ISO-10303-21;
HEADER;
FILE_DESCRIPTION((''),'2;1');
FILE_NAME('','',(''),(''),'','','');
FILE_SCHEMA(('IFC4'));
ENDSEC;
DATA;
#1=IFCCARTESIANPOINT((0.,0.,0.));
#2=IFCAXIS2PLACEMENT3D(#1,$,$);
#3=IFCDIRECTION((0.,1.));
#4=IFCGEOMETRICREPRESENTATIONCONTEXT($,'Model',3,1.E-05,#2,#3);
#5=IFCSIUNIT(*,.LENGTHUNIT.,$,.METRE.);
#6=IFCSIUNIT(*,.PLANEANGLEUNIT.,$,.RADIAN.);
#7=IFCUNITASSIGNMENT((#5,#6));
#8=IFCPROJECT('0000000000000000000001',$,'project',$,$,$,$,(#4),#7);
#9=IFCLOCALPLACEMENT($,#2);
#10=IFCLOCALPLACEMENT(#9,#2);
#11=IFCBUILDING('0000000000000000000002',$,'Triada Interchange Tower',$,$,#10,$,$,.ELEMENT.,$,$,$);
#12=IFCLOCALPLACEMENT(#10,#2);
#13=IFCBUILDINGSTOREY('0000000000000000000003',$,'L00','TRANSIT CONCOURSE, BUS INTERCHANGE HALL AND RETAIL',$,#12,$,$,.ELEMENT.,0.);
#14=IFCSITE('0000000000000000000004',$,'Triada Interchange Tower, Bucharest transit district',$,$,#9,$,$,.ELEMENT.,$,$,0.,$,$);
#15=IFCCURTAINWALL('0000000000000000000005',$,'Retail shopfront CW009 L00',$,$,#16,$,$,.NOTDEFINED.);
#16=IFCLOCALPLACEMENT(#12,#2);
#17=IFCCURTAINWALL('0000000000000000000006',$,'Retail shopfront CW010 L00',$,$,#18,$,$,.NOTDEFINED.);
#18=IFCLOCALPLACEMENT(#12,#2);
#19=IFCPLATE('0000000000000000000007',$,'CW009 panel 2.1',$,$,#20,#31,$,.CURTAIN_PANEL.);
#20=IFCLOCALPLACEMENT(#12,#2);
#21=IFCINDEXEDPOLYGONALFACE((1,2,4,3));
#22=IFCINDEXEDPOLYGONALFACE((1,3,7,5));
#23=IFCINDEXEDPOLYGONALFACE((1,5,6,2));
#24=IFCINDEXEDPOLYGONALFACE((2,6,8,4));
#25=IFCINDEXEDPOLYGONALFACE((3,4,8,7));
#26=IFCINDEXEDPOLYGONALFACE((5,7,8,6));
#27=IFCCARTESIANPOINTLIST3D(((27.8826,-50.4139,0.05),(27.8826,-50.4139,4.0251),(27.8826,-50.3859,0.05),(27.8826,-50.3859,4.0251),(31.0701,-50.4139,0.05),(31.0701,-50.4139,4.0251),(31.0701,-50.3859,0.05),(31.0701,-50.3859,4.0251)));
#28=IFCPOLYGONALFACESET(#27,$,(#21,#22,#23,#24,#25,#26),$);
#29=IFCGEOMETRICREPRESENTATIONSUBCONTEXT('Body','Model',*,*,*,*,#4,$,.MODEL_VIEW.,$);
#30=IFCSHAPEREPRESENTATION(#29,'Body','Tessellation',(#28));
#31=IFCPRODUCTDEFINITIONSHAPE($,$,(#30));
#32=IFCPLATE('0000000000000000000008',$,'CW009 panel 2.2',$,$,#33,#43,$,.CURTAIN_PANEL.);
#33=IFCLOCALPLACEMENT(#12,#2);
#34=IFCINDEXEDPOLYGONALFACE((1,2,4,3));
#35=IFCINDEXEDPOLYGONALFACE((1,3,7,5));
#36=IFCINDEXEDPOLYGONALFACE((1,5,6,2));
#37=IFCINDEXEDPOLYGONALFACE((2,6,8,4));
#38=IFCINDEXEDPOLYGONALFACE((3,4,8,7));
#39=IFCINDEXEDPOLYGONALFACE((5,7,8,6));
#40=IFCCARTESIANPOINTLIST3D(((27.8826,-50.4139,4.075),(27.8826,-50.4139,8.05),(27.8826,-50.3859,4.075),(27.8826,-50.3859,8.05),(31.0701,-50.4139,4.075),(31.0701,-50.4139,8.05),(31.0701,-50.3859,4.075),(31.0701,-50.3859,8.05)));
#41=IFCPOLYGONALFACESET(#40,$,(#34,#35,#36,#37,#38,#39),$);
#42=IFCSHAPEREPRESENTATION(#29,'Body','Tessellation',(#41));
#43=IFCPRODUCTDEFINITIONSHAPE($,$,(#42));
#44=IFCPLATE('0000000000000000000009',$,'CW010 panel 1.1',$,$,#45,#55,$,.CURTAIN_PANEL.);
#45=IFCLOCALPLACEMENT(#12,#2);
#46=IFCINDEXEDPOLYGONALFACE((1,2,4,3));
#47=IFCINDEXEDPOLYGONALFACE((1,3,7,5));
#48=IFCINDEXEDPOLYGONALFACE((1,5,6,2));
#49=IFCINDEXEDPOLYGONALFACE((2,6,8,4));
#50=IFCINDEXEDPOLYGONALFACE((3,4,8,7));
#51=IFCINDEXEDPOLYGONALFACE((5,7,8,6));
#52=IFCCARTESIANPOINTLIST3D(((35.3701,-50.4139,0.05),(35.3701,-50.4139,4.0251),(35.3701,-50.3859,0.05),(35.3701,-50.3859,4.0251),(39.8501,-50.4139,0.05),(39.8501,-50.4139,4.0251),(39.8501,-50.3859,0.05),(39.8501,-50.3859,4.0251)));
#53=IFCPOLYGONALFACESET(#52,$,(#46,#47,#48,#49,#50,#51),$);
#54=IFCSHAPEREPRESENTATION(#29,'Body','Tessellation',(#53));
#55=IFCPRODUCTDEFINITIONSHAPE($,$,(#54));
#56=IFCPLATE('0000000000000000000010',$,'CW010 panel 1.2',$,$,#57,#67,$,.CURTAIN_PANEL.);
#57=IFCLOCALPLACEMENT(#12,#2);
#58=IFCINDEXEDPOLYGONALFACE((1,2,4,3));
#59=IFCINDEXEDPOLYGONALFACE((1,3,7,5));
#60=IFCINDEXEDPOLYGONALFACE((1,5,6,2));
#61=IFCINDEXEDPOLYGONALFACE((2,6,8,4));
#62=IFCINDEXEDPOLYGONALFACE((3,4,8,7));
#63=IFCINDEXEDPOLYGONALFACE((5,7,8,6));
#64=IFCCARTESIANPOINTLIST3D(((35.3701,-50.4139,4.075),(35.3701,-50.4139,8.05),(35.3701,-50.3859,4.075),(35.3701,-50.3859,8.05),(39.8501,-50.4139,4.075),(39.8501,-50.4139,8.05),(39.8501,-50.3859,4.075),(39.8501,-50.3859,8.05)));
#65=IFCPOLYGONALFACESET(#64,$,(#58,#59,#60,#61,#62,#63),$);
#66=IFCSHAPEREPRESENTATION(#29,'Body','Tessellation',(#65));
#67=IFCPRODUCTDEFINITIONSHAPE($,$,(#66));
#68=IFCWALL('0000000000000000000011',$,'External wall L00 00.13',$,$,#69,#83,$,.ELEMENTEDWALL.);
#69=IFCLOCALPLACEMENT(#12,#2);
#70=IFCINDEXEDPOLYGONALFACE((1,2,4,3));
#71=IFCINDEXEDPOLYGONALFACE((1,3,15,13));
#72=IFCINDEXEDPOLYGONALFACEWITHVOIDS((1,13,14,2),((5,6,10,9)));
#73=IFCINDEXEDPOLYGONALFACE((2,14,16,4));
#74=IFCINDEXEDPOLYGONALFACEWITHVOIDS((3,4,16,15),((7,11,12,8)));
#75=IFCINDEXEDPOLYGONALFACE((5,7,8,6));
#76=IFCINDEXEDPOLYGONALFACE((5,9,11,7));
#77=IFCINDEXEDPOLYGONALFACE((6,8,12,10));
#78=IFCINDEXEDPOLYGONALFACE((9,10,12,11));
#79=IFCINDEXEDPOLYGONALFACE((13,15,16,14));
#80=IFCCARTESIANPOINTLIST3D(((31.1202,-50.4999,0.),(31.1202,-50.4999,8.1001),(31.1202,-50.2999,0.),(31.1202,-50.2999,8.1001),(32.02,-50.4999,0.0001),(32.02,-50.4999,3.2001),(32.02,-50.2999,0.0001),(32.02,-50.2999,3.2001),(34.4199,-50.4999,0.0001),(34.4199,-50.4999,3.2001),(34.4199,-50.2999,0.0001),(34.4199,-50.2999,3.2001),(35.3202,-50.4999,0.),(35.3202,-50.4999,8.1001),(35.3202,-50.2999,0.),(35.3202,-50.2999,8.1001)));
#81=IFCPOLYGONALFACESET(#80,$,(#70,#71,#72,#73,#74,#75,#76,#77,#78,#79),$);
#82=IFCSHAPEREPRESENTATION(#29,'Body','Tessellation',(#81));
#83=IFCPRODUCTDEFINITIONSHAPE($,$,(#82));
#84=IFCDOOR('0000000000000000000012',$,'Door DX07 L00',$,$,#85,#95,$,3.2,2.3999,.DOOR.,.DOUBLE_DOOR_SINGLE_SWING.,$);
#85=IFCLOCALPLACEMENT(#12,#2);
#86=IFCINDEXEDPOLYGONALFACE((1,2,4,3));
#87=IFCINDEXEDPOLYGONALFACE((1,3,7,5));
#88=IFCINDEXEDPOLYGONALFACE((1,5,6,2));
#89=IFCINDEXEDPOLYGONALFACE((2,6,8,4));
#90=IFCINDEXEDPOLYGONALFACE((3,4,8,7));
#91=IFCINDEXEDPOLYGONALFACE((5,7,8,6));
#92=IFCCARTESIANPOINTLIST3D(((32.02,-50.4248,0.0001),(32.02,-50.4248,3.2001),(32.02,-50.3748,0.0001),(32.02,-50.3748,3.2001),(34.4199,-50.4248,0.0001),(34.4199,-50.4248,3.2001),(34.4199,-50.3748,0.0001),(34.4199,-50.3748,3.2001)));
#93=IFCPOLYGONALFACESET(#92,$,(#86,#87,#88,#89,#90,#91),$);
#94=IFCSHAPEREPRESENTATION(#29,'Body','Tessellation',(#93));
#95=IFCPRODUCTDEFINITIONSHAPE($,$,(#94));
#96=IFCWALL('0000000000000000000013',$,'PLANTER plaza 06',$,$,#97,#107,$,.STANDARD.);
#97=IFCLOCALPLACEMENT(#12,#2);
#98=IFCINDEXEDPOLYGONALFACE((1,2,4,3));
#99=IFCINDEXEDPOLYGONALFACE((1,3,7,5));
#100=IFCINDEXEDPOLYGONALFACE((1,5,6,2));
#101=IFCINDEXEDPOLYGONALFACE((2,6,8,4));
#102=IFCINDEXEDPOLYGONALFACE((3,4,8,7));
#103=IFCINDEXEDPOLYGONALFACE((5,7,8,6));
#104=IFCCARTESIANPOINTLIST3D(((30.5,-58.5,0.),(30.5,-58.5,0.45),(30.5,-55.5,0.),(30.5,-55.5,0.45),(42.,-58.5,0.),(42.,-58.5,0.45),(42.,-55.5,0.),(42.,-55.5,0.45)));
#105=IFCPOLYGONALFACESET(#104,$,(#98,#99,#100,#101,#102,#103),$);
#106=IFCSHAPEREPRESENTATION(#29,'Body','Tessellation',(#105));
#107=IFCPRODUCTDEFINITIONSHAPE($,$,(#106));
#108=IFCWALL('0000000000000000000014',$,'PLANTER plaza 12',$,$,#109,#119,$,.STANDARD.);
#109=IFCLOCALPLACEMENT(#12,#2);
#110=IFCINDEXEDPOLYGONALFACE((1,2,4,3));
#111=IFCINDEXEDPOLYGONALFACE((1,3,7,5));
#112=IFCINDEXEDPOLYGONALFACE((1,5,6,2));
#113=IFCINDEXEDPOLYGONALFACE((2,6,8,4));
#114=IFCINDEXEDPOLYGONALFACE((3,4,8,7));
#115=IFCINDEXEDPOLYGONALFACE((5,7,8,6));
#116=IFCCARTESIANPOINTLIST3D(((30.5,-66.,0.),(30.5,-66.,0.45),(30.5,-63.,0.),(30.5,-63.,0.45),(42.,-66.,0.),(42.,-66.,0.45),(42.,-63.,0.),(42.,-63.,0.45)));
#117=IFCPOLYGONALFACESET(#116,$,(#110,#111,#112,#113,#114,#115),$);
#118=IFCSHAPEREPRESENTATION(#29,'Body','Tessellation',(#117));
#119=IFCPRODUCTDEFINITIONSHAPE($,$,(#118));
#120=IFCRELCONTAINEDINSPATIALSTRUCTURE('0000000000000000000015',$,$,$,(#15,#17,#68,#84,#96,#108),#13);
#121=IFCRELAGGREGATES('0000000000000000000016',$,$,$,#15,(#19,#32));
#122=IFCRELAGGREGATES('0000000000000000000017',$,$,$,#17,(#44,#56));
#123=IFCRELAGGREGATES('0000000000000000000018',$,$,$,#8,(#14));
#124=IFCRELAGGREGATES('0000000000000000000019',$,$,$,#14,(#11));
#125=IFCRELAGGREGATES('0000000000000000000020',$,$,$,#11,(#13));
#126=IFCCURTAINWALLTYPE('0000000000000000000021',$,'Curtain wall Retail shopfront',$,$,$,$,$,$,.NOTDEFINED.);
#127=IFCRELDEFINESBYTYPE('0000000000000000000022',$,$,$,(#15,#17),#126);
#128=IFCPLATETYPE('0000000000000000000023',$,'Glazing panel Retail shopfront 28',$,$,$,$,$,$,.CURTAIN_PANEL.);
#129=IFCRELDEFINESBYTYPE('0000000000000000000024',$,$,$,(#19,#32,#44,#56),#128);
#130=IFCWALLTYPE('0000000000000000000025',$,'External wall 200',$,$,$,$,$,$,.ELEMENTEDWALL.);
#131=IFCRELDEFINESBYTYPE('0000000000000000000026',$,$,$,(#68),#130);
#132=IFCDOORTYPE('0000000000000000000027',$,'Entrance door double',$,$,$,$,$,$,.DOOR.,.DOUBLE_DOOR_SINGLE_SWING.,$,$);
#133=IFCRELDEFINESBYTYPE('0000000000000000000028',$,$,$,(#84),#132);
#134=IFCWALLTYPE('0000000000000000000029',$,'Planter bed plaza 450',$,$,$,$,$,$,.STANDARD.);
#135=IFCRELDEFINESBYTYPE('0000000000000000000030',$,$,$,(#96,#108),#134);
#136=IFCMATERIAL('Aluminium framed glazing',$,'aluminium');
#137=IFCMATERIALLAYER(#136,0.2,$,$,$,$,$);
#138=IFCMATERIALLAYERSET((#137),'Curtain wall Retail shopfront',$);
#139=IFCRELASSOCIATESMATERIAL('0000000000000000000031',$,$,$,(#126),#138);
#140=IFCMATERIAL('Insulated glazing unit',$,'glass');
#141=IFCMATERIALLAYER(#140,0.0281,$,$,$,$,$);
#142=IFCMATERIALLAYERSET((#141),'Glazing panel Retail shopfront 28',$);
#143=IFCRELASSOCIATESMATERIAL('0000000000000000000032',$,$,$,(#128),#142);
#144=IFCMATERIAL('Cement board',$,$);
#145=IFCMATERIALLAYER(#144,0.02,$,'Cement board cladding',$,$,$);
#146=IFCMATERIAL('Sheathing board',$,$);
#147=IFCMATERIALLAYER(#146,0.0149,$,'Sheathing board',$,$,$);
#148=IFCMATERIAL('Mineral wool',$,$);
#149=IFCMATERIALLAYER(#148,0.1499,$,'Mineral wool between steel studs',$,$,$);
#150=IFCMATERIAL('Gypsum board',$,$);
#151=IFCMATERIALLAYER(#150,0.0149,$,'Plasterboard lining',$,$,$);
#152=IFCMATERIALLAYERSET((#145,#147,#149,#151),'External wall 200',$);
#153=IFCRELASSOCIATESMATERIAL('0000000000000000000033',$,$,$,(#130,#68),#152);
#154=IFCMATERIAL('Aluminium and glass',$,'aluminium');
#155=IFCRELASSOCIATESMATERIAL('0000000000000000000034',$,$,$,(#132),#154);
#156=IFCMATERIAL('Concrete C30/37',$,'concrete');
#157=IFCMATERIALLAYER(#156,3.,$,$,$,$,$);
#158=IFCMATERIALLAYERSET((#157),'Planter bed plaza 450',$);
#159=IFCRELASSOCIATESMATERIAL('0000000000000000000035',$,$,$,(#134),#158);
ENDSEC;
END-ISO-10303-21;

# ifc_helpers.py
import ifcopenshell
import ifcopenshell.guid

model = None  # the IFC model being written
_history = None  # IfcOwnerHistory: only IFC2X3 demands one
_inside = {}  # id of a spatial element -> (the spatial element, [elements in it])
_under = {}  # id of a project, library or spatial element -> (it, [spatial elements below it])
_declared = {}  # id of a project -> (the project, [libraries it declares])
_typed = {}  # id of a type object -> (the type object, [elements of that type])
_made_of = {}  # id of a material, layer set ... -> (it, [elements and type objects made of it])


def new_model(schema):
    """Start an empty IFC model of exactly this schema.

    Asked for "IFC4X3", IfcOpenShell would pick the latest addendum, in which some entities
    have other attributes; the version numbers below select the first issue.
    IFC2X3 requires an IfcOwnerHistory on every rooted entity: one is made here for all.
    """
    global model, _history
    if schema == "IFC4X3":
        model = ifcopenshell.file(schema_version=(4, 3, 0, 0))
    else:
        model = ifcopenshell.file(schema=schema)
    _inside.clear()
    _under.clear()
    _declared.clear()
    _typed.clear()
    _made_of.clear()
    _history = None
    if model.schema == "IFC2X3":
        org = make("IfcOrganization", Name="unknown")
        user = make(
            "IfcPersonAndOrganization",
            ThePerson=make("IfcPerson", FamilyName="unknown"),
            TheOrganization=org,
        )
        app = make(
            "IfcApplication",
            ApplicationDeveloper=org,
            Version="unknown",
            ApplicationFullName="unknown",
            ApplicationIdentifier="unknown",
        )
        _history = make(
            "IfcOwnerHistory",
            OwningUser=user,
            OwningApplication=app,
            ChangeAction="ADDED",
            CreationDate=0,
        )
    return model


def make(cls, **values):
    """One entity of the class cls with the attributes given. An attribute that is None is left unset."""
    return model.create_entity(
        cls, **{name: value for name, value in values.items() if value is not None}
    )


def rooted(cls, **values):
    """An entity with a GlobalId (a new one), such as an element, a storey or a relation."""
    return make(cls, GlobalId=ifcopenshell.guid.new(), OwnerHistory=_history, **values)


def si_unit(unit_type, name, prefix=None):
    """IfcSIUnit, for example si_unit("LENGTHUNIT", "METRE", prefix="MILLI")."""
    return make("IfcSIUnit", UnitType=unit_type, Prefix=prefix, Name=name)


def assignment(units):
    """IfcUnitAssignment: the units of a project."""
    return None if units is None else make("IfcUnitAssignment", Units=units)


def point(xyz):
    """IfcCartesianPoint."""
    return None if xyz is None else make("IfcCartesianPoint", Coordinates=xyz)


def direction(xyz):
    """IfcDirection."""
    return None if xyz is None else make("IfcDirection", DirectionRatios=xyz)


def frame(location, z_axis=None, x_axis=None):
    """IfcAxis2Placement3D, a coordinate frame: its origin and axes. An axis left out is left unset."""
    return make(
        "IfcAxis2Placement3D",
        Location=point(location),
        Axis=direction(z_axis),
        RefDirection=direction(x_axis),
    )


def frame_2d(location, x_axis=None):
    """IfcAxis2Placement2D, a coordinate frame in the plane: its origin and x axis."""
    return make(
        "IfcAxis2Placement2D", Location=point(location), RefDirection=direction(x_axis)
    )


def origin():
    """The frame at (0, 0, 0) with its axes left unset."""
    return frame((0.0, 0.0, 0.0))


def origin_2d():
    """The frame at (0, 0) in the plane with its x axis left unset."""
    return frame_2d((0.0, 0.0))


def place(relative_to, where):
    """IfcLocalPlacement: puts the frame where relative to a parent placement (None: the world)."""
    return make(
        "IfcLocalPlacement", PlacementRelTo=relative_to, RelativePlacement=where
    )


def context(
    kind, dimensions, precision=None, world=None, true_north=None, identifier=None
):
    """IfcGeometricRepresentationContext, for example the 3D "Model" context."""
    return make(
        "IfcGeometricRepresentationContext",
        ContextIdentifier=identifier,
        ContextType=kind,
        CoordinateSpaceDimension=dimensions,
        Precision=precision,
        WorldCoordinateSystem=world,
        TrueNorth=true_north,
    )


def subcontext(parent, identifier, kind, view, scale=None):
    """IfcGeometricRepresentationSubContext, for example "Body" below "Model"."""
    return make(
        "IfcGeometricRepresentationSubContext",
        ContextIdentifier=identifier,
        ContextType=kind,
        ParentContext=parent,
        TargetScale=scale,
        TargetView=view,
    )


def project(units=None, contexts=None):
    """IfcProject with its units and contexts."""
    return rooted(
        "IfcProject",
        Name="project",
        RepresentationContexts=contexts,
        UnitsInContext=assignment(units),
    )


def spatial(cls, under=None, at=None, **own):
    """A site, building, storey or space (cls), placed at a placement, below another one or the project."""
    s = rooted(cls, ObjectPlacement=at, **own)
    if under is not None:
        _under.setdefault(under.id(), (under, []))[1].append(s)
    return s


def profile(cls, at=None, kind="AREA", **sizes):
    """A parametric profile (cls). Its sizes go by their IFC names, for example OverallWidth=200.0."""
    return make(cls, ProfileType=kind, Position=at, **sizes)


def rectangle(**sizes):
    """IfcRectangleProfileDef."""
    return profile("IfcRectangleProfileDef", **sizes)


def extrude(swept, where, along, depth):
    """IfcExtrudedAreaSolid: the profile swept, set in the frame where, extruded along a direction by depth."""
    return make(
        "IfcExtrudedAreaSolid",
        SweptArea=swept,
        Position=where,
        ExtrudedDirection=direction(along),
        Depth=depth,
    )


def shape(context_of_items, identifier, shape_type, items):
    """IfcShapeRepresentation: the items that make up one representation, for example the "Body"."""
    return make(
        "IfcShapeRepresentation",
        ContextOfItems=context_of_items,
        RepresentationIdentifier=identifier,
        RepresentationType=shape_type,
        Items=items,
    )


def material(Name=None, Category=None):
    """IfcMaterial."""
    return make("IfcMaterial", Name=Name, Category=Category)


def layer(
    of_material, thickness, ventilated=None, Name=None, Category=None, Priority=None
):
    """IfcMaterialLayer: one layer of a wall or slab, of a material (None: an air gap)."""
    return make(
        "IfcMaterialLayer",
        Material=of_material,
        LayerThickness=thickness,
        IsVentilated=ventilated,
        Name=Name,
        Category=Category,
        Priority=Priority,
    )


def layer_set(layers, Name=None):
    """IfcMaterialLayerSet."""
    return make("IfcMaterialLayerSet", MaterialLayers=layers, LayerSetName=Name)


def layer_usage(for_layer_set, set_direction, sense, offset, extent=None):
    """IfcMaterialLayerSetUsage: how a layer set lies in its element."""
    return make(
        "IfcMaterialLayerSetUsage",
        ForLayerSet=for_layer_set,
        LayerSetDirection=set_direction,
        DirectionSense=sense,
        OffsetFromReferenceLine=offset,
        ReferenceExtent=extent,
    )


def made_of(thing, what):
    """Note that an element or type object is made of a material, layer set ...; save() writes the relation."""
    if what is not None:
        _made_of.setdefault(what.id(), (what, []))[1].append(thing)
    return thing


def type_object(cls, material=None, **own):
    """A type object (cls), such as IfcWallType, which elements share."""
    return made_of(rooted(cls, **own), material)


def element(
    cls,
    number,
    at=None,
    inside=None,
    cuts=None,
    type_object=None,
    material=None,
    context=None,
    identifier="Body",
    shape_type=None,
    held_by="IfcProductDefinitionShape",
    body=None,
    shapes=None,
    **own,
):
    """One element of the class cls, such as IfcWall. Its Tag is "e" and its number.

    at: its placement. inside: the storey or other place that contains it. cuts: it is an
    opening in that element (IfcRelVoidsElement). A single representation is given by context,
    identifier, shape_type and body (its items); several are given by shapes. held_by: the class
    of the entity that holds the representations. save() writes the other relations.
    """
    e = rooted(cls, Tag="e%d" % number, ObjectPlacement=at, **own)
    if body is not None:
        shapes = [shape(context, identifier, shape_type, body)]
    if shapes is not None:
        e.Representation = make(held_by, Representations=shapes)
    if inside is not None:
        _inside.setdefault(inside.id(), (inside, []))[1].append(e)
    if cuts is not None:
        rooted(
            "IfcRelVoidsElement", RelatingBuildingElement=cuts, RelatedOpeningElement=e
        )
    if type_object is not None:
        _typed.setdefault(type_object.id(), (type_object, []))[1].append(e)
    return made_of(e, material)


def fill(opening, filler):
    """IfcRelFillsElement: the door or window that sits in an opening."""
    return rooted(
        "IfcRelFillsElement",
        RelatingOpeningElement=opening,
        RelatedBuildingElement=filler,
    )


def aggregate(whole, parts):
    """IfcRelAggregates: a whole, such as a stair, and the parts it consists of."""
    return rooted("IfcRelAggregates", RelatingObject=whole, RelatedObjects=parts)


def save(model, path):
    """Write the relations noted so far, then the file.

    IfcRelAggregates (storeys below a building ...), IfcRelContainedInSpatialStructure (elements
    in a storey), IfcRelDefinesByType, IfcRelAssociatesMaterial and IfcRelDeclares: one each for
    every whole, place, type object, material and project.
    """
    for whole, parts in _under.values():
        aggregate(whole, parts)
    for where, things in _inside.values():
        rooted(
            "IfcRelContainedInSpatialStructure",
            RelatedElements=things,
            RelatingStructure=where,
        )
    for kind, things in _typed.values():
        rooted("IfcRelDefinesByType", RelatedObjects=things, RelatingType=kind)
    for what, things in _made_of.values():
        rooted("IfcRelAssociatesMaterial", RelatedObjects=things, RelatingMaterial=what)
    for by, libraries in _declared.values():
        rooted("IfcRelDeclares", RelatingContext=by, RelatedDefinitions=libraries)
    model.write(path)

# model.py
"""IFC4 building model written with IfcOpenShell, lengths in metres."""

from ifc_helpers import new_model, si_unit, direction, frame, frame_2d, origin, origin_2d, place, context, subcontext, project, spatial, rectangle, extrude, material, layer, layer_set, layer_usage, type_object, element, fill, aggregate, save


model = new_model("IFC4")

# Units and contexts
model_context = context("Model", 3, precision=1e-05, world=origin(), true_north=direction((0.0, 1.0)))
body_context = subcontext(model_context, "Body", "Model", "MODEL_VIEW")
ifc_project = project(units=[si_unit("LENGTHUNIT", "METRE"), si_unit("PLANEANGLEUNIT", "RADIAN")], contexts=[model_context])

# Site, building, storey
site_placement = place(None, origin())
site = spatial("IfcSite", under=ifc_project, at=site_placement, Name="Triada Interchange Tower, Bucharest transit district", CompositionType="ELEMENT", RefElevation=0.0)
building_placement = place(site_placement, origin())
building = spatial("IfcBuilding", under=site, at=building_placement, Name="Triada Interchange Tower", CompositionType="ELEMENT")
storey_placement = place(building_placement, origin())
storey = spatial("IfcBuildingStorey", under=building, at=storey_placement, Name="L00", Description="TRANSIT CONCOURSE, BUS INTERCHANGE HALL AND RETAIL", CompositionType="ELEMENT", Elevation=0.0)

# Curtain walls
ifc_material_1 = material(Name="Aluminium framed glazing", Category="aluminium")
ifc_layer_1 = layer(ifc_material_1, 0.2)
ifc_layer_set_1 = layer_set([ifc_layer_1], Name="Curtain wall Retail shopfront")
curtain_wall_type = type_object("IfcCurtainWallType", Name="Curtain wall Retail shopfront", PredefinedType="NOTDEFINED", material=ifc_layer_set_1)
curtain_wall_1_placement = place(storey_placement, origin())
curtain_wall_1 = element("IfcCurtainWall", 1, at=curtain_wall_1_placement, inside=storey, type_object=curtain_wall_type, Name="Retail shopfront CW009 L00", PredefinedType="NOTDEFINED")
curtain_wall_2_placement = place(storey_placement, origin())
curtain_wall_2 = element("IfcCurtainWall", 2, at=curtain_wall_2_placement, inside=storey, type_object=curtain_wall_type, Name="Retail shopfront CW010 L00", PredefinedType="NOTDEFINED")

# Plates
ifc_material_2 = material(Name="Insulated glazing unit", Category="glass")
ifc_layer_2 = layer(ifc_material_2, 0.0281)
ifc_layer_set_2 = layer_set([ifc_layer_2], Name="Glazing panel Retail shopfront 28")
plate_type = type_object("IfcPlateType", Name="Glazing panel Retail shopfront 28", PredefinedType="CURTAIN_PANEL", material=ifc_layer_set_2)
plate_1_placement = place(storey_placement, frame((29.4763, -50.3999, 0.05), z_axis=(0.0, 0.0, 1.0), x_axis=(1.0, 0.0, 0.0)))
plate_1 = element("IfcPlate", 3, at=plate_1_placement, type_object=plate_type, Name="CW009 panel 2.1", PredefinedType="CURTAIN_PANEL", context=body_context, shape_type="SweptSolid", body=[
    extrude(rectangle(XDim=3.1875, YDim=0.0281, at=origin_2d()), origin(), (0.0, 0.0, 1.0), 3.9751),
])
plate_2_placement = place(storey_placement, frame((29.4763, -50.3999, 4.075), z_axis=(0.0, 0.0, 1.0), x_axis=(1.0, 0.0, 0.0)))
plate_2 = element("IfcPlate", 4, at=plate_2_placement, type_object=plate_type, Name="CW009 panel 2.2", PredefinedType="CURTAIN_PANEL", context=body_context, shape_type="SweptSolid", body=[
    extrude(rectangle(XDim=3.1875, YDim=0.0281, at=origin_2d()), origin(), (0.0, 0.0, 1.0), 3.9751),
])
aggregate(curtain_wall_1, [plate_1, plate_2])
plate_3_placement = place(storey_placement, frame((37.6101, -50.3999, 0.05), z_axis=(0.0, 0.0, 1.0), x_axis=(1.0, 0.0, 0.0)))
plate_3 = element("IfcPlate", 5, at=plate_3_placement, type_object=plate_type, Name="CW010 panel 1.1", PredefinedType="CURTAIN_PANEL", context=body_context, shape_type="SweptSolid", body=[
    extrude(rectangle(XDim=4.48, YDim=0.0281, at=origin_2d()), origin(), (0.0, 0.0, 1.0), 3.9751),
])
plate_4_placement = place(storey_placement, frame((37.6101, -50.3999, 4.075), z_axis=(0.0, 0.0, 1.0), x_axis=(1.0, 0.0, 0.0)))
plate_4 = element("IfcPlate", 6, at=plate_4_placement, type_object=plate_type, Name="CW010 panel 1.2", PredefinedType="CURTAIN_PANEL", context=body_context, shape_type="SweptSolid", body=[
    extrude(rectangle(XDim=4.48, YDim=0.0281, at=origin_2d()), origin(), (0.0, 0.0, 1.0), 3.9751),
])
aggregate(curtain_wall_2, [plate_3, plate_4])

# Wall, opening, door
ifc_material_3 = material(Name="Cement board")
ifc_layer_3 = layer(ifc_material_3, 0.02, Name="Cement board cladding")
ifc_material_4 = material(Name="Sheathing board")
ifc_layer_4 = layer(ifc_material_4, 0.0149, Name="Sheathing board")
ifc_material_5 = material(Name="Mineral wool")
ifc_layer_5 = layer(ifc_material_5, 0.1499, Name="Mineral wool between steel studs")
ifc_material_6 = material(Name="Gypsum board")
ifc_layer_6 = layer(ifc_material_6, 0.0149, Name="Plasterboard lining")
ifc_layer_set_3 = layer_set([ifc_layer_3, ifc_layer_4, ifc_layer_5, ifc_layer_6], Name="External wall 200")
ifc_layer_usage = layer_usage(ifc_layer_set_3, "AXIS2", "POSITIVE", -0.1001)
wall_type_1 = type_object("IfcWallType", Name="External wall 200", PredefinedType="ELEMENTEDWALL", material=ifc_layer_set_3)
wall_placement = place(storey_placement, frame((31.1201, -50.3999, 0.0), z_axis=(0.0, 0.0, 1.0), x_axis=(1.0, 0.0, 0.0)))
wall = element("IfcWall", 7, at=wall_placement, inside=storey, type_object=wall_type_1, material=ifc_layer_usage, Name="External wall L00 00.13", PredefinedType="ELEMENTEDWALL", context=body_context, shape_type="SweptSolid", body=[
    extrude(rectangle(XDim=4.2, YDim=0.2, at=frame_2d((2.1001, 0.0))), origin(), (0.0, 0.0, 1.0), 8.1001),
])
opening_placement = place(wall_placement, frame((0.8999, 0.0, 0.0)))
opening = element("IfcOpeningElement", 8, at=opening_placement, cuts=wall, PredefinedType="OPENING", context=body_context, shape_type="SweptSolid", body=[
    extrude(rectangle(XDim=2.3999, YDim=3.2, at=frame_2d((1.2, 1.6001))), frame((0.0, 0.1099, 0.0), z_axis=(0.0, -1.0, 0.0), x_axis=(1.0, 0.0, 0.0)), (0.0, 0.0, 1.0), 0.22),
])
ifc_material_7 = material(Name="Aluminium and glass", Category="aluminium")
door_type = type_object("IfcDoorType", Name="Entrance door double", OperationType="DOUBLE_DOOR_SINGLE_SWING", PredefinedType="DOOR", material=ifc_material_7)
door_placement = place(opening_placement, frame((2.3999, 0.0, 0.0), z_axis=(0.0, 0.0, 1.0), x_axis=(-1.0, 0.0, 0.0)))
door = element("IfcDoor", 9, at=door_placement, inside=storey, type_object=door_type, Name="Door DX07 L00", OperationType="DOUBLE_DOOR_SINGLE_SWING", OverallHeight=3.2, OverallWidth=2.3999, PredefinedType="DOOR", context=body_context, shape_type="SweptSolid", body=[
    extrude(rectangle(XDim=2.3999, YDim=3.2, at=frame_2d((1.2, 1.6001))), frame((0.0, 0.0249, 0.0), z_axis=(0.0, -1.0, 0.0), x_axis=(1.0, 0.0, 0.0)), (0.0, 0.0, 1.0), 0.05),
])
fill(opening, door)

# Walls
ifc_material_8 = material(Name="Concrete C30/37", Category="concrete")
ifc_layer_7 = layer(ifc_material_8, 3.0)
ifc_layer_set_4 = layer_set([ifc_layer_7], Name="Planter bed plaza 450")
wall_type_2 = type_object("IfcWallType", Name="Planter bed plaza 450", PredefinedType="STANDARD", material=ifc_layer_set_4)
for number, where, z_axis, x_axis, name in (
    (10, (30.5, -57.0, 0.0), (0.0, 0.0, 1.0), (1.0, 0.0, 0.0), "PLANTER plaza 06"),
    (11, (30.5, -64.5, 0.0), (0.0, 0.0, 1.0), (1.0, 0.0, 0.0), "PLANTER plaza 12"),
):
    element("IfcWall", number, at=place(storey_placement, frame(where, z_axis=z_axis, x_axis=x_axis)), inside=storey, type_object=wall_type_2, Name=name, PredefinedType="STANDARD", context=body_context, shape_type="SweptSolid", body=[
        extrude(rectangle(XDim=11.5, YDim=3.0, at=frame_2d((5.75, 0.0))), origin(), (0.0, 0.0, 1.0), 0.45),
    ])

save(model, "model.ifc")
